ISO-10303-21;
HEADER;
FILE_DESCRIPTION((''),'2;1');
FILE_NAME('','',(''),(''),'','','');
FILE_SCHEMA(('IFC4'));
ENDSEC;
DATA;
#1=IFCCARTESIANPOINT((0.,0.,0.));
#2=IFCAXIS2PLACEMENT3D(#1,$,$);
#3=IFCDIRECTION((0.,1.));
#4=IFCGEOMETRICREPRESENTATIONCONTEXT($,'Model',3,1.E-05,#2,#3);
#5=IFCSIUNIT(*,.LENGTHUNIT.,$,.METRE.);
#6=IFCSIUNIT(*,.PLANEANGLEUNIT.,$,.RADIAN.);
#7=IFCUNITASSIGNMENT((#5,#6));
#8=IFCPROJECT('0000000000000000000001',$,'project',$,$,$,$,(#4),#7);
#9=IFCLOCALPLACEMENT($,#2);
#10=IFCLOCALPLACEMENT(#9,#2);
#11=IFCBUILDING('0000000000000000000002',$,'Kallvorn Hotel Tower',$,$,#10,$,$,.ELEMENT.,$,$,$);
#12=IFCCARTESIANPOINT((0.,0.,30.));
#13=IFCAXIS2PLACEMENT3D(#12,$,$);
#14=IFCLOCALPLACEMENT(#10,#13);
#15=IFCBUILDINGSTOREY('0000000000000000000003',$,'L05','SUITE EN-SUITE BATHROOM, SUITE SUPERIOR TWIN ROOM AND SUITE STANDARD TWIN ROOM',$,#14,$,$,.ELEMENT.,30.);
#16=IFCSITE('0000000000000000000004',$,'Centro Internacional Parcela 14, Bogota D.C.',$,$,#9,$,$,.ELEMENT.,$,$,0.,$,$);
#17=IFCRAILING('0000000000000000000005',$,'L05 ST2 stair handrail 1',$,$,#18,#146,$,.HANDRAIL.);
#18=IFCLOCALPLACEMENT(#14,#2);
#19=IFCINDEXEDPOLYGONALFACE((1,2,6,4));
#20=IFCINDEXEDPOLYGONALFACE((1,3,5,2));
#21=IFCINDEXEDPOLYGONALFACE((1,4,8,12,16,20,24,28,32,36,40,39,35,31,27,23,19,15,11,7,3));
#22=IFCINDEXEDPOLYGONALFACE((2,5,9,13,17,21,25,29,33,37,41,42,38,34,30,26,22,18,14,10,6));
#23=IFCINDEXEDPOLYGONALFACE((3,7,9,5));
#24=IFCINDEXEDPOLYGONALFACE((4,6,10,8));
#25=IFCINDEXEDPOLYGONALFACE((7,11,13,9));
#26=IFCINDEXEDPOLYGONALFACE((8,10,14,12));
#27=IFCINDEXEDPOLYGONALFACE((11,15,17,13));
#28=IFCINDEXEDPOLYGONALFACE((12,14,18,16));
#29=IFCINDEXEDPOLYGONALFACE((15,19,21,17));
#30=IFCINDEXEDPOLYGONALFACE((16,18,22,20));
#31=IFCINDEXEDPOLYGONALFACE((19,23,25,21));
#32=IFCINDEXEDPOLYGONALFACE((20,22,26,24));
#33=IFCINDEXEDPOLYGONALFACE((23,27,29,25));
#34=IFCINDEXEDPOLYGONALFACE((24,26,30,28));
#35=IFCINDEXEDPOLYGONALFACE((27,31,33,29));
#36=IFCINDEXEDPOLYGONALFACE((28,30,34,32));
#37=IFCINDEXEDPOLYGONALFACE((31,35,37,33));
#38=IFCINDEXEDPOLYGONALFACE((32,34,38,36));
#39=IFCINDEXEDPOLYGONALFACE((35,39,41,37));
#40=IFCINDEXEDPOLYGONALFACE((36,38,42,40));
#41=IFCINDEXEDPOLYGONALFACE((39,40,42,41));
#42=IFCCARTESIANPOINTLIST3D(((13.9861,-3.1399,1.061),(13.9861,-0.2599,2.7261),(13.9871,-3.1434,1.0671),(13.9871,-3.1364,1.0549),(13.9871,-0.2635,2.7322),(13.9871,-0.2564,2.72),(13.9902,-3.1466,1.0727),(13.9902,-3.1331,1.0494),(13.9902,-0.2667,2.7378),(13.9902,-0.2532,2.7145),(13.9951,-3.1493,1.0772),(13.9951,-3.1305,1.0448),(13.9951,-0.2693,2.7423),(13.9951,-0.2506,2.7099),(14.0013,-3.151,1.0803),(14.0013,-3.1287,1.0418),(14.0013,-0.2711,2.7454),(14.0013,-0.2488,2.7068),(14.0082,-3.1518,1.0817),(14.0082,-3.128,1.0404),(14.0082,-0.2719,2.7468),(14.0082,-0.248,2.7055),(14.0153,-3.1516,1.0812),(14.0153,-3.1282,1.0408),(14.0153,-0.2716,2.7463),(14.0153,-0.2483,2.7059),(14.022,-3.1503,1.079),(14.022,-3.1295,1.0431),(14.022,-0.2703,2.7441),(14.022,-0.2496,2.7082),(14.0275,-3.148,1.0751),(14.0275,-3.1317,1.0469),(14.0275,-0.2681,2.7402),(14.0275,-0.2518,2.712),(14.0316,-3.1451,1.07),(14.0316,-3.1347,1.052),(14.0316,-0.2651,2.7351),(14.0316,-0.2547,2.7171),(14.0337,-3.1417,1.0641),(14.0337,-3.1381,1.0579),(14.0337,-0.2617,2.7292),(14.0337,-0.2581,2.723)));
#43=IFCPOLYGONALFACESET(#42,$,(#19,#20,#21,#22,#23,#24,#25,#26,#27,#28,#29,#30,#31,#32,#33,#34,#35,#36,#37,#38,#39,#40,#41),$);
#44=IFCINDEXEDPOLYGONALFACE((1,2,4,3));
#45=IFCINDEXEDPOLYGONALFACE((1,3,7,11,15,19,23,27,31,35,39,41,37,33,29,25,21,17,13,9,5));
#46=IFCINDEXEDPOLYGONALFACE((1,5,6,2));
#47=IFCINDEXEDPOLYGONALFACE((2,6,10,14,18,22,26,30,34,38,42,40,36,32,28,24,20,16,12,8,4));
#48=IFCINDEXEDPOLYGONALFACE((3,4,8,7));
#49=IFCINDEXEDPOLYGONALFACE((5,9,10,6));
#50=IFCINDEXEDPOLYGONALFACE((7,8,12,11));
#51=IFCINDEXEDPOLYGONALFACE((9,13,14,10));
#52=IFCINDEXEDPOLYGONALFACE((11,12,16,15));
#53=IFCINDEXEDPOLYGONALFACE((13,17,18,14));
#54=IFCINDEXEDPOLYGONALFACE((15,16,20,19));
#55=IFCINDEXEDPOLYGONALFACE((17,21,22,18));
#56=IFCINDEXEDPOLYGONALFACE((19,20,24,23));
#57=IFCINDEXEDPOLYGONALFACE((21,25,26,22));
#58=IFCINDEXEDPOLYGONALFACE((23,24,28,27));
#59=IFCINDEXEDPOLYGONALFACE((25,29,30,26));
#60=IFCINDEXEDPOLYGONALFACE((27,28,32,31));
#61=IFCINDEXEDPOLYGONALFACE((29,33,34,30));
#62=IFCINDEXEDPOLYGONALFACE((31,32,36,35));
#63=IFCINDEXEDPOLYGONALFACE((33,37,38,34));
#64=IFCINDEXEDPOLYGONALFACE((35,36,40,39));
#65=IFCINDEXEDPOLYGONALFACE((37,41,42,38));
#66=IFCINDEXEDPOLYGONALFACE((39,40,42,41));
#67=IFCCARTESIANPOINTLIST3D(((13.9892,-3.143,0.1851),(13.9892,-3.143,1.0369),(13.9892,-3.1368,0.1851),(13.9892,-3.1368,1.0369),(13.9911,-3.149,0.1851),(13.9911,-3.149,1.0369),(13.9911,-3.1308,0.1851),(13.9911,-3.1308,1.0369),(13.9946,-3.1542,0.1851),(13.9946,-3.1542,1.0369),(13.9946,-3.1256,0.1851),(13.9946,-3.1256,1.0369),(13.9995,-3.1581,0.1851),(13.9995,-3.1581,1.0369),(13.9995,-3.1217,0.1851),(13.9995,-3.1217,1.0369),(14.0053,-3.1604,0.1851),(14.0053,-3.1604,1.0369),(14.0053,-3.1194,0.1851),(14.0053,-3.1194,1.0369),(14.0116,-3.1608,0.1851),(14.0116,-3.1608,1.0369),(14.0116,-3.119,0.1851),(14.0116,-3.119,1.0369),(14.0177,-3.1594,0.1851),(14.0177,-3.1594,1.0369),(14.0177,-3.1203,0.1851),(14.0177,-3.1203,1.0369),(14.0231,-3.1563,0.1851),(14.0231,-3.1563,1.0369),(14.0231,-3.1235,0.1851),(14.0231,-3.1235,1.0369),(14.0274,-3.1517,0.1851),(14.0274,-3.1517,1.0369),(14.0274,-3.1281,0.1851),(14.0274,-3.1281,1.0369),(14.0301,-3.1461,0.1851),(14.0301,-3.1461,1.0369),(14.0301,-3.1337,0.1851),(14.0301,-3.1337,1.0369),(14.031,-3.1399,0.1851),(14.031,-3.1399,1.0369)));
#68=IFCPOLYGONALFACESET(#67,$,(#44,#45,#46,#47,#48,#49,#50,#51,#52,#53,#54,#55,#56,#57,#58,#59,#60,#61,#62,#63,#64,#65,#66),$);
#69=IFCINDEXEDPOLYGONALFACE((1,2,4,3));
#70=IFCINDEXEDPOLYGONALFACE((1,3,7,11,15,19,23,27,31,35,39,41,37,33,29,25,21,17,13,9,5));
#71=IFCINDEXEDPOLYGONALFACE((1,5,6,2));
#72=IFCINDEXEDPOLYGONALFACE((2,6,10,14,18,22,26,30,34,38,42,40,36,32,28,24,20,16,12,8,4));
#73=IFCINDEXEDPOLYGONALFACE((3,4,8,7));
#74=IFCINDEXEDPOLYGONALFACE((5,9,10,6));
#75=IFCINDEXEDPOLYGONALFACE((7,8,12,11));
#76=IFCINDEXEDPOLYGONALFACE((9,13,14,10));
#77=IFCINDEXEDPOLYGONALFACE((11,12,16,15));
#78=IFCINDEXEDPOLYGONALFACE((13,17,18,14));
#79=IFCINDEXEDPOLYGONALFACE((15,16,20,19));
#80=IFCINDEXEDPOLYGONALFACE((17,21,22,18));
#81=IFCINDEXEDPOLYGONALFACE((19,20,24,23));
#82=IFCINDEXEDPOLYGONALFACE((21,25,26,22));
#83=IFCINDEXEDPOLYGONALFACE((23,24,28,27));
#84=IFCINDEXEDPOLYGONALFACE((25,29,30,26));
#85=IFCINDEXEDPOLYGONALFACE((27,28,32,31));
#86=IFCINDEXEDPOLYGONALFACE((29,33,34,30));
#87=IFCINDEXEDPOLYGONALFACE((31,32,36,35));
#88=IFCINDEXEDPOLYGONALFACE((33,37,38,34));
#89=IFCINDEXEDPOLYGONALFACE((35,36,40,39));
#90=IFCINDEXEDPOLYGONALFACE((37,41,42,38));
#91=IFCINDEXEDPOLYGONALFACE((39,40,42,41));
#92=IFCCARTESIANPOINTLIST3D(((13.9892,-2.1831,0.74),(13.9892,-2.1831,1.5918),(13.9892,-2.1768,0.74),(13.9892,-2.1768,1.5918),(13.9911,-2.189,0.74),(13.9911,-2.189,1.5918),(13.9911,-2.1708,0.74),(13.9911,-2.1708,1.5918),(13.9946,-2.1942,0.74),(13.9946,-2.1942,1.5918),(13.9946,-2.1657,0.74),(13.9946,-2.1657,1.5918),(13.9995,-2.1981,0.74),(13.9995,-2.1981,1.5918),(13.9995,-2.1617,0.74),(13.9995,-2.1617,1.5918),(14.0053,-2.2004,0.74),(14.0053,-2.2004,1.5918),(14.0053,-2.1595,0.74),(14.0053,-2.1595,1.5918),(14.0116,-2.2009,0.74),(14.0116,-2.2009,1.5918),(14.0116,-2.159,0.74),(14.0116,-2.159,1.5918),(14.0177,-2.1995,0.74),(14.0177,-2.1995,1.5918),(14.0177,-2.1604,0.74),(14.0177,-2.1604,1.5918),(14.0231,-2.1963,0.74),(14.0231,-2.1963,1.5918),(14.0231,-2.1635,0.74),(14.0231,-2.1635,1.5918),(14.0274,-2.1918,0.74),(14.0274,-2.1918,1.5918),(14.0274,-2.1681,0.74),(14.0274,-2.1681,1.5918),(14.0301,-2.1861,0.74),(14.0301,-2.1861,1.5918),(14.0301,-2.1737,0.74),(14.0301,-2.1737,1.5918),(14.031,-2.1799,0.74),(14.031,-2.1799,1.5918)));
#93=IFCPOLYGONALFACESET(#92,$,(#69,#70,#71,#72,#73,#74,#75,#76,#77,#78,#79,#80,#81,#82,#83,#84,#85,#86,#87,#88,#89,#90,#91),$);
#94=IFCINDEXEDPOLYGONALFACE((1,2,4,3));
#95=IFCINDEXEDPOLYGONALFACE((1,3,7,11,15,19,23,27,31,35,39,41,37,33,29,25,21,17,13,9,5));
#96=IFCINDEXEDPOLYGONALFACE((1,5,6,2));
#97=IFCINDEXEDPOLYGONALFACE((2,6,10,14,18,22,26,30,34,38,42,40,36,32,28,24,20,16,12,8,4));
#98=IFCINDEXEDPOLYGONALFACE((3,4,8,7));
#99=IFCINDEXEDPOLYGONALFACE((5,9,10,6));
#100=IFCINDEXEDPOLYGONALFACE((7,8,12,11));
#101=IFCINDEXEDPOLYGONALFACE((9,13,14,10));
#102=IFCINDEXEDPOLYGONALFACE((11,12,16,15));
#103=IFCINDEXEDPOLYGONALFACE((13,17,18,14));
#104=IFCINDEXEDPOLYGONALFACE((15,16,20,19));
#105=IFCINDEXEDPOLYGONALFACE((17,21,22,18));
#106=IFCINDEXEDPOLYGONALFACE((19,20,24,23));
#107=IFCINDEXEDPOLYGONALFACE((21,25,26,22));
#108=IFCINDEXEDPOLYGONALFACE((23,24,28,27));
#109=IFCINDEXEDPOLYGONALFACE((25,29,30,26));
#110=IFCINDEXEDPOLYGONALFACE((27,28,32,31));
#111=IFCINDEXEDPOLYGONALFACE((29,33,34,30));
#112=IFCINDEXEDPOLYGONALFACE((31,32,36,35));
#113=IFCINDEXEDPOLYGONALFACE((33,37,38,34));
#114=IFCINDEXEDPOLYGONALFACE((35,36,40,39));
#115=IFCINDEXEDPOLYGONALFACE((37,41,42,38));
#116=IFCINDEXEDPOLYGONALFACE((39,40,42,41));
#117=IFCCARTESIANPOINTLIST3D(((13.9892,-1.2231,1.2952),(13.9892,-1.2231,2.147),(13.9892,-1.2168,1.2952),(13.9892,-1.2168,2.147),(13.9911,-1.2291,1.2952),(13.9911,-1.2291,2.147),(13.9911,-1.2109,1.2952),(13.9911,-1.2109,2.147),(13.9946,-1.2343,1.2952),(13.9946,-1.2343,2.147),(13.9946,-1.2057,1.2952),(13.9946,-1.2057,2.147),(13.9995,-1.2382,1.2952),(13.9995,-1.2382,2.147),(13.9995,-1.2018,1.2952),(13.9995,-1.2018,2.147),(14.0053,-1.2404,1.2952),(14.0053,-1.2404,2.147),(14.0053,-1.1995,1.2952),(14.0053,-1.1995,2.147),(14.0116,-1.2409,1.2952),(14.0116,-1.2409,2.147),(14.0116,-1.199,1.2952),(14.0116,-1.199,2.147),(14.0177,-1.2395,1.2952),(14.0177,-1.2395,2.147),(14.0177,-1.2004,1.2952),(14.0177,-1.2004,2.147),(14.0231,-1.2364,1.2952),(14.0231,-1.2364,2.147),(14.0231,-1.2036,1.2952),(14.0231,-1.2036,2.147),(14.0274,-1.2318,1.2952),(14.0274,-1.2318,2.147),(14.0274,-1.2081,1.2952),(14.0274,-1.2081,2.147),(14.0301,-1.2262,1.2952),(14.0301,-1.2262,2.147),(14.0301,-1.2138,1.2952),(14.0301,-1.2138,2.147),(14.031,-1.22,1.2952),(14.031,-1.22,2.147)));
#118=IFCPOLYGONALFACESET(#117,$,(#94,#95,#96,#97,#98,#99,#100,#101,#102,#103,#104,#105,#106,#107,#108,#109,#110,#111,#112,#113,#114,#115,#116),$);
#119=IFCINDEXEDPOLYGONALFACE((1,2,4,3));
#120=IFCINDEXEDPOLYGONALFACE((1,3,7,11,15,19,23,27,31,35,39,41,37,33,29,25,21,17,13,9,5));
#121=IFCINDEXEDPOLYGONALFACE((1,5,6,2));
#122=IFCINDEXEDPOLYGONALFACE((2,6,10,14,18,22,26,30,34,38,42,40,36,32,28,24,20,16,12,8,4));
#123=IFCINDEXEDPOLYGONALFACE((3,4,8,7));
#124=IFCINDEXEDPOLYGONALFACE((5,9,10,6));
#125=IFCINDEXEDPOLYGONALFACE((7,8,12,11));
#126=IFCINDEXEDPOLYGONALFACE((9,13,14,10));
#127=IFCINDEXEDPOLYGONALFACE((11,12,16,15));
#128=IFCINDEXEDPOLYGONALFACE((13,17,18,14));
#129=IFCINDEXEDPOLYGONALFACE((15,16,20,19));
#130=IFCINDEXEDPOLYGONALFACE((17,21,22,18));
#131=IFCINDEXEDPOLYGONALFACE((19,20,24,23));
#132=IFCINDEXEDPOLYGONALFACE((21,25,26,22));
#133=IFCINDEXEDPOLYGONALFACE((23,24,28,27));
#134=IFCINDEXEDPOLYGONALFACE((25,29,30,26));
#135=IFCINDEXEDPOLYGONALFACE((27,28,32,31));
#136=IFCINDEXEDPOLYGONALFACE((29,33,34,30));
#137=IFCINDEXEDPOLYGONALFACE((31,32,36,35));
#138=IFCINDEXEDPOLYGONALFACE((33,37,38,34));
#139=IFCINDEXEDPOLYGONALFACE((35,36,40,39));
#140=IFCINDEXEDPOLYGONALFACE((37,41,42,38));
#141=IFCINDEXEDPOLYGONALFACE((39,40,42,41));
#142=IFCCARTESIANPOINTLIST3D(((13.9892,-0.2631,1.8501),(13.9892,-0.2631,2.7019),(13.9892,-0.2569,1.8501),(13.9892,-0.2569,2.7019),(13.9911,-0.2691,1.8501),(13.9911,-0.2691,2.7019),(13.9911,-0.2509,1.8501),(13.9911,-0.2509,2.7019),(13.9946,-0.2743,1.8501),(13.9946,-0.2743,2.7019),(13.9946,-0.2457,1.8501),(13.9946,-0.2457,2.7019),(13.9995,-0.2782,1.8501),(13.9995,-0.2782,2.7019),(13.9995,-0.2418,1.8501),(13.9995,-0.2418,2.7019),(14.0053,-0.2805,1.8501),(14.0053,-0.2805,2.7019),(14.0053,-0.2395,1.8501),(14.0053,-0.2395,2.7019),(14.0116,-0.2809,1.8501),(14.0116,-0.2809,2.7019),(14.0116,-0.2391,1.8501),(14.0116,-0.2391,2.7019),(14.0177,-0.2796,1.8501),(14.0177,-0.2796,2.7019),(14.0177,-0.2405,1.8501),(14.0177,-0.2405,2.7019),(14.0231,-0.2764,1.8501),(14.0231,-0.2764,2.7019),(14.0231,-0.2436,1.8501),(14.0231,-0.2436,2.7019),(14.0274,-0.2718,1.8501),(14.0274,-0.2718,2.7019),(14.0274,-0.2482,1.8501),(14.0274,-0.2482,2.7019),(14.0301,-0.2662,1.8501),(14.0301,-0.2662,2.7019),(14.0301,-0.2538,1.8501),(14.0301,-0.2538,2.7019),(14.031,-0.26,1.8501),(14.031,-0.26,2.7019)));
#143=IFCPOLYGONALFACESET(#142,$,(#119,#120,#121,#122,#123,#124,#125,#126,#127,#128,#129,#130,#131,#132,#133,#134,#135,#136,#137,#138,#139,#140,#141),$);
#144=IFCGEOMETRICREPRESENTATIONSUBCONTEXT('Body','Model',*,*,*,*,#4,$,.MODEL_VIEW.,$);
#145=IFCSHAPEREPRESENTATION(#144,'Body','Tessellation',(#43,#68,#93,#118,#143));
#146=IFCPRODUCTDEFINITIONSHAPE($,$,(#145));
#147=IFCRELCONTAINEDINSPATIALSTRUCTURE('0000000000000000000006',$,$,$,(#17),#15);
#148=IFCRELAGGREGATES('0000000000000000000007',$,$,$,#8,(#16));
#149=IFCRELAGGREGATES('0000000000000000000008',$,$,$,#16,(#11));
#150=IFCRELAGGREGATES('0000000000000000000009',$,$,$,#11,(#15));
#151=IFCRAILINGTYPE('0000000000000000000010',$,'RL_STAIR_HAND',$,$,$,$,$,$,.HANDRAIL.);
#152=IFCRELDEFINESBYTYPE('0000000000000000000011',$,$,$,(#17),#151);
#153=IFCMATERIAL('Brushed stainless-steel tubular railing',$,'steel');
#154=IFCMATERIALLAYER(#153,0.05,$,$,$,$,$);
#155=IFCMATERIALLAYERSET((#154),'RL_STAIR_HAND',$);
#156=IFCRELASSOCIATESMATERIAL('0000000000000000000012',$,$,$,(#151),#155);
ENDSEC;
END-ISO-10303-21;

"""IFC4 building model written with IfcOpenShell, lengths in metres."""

from ifc_helpers import new_model, si_unit, direction, frame, origin, origin_2d, place, context, subcontext, project, spatial, circle, extrude, material, layer, layer_set, type_object, element, save


model = new_model("IFC4")

# Units and contexts
model_context = context("Model", 3, precision=1e-05, world=origin(), true_north=direction((0.0, 1.0)))
body_context = subcontext(model_context, "Body", "Model", "MODEL_VIEW")
ifc_project = project(units=[si_unit("LENGTHUNIT", "METRE"), si_unit("PLANEANGLEUNIT", "RADIAN")], contexts=[model_context])

# Site, building, storey
site_placement = place(None, origin())
site = spatial("IfcSite", under=ifc_project, at=site_placement, Name="Centro Internacional Parcela 14, Bogota D.C.", CompositionType="ELEMENT", RefElevation=0.0)
building_placement = place(site_placement, origin())
building = spatial("IfcBuilding", under=site, at=building_placement, Name="Kallvorn Hotel Tower", CompositionType="ELEMENT")
storey_placement = place(building_placement, frame((0.0, 0.0, 30.0)))
storey = spatial("IfcBuildingStorey", under=building, at=storey_placement, Name="L05", Description="SUITE EN-SUITE BATHROOM, SUITE SUPERIOR TWIN ROOM AND SUITE STANDARD TWIN ROOM", CompositionType="ELEMENT", Elevation=30.0)

# Railing
ifc_material_1 = material(Name="Brushed stainless-steel tubular railing", Category="steel")
ifc_layer_1 = layer(ifc_material_1, 0.05)
ifc_layer_set_1 = layer_set([ifc_layer_1], Name="RL_STAIR_HAND")
railing_type_1 = type_object("IfcRailingType", Name="RL_STAIR_HAND", PredefinedType="HANDRAIL", material=ifc_layer_set_1)
railing_1_placement = place(storey_placement, frame((14.01, -3.1399, 0.1851)))
element("IfcRailing", 1, at=railing_1_placement, inside=storey, type_object=railing_type_1, Name="L05 ST2 stair handrail 1", PredefinedType="HANDRAIL", context=body_context, shape_type="SweptSolid", body=[
    extrude(circle(Radius=0.0239, at=origin_2d()), frame((0.0, 0.0, 0.876), z_axis=(0.0, 0.865721, 0.500527), x_axis=(-1.0, 0.0, 0.0)), (0.0, 0.0, 1.0), 3.3267),
    extrude(circle(Radius=0.021, at=origin_2d()), origin(), (0.0, 0.0, 1.0), 0.8518),
    extrude(circle(Radius=0.021, at=origin_2d()), frame((0.0, 0.96, 0.5549)), (0.0, 0.0, 1.0), 0.8518),
    extrude(circle(Radius=0.021, at=origin_2d()), frame((0.0, 1.9199, 1.1101)), (0.0, 0.0, 1.0), 0.8518),
    extrude(circle(Radius=0.021, at=origin_2d()), frame((0.0, 2.8799, 1.665)), (0.0, 0.0, 1.0), 0.8518),
])

save(model, "model.ifc")
